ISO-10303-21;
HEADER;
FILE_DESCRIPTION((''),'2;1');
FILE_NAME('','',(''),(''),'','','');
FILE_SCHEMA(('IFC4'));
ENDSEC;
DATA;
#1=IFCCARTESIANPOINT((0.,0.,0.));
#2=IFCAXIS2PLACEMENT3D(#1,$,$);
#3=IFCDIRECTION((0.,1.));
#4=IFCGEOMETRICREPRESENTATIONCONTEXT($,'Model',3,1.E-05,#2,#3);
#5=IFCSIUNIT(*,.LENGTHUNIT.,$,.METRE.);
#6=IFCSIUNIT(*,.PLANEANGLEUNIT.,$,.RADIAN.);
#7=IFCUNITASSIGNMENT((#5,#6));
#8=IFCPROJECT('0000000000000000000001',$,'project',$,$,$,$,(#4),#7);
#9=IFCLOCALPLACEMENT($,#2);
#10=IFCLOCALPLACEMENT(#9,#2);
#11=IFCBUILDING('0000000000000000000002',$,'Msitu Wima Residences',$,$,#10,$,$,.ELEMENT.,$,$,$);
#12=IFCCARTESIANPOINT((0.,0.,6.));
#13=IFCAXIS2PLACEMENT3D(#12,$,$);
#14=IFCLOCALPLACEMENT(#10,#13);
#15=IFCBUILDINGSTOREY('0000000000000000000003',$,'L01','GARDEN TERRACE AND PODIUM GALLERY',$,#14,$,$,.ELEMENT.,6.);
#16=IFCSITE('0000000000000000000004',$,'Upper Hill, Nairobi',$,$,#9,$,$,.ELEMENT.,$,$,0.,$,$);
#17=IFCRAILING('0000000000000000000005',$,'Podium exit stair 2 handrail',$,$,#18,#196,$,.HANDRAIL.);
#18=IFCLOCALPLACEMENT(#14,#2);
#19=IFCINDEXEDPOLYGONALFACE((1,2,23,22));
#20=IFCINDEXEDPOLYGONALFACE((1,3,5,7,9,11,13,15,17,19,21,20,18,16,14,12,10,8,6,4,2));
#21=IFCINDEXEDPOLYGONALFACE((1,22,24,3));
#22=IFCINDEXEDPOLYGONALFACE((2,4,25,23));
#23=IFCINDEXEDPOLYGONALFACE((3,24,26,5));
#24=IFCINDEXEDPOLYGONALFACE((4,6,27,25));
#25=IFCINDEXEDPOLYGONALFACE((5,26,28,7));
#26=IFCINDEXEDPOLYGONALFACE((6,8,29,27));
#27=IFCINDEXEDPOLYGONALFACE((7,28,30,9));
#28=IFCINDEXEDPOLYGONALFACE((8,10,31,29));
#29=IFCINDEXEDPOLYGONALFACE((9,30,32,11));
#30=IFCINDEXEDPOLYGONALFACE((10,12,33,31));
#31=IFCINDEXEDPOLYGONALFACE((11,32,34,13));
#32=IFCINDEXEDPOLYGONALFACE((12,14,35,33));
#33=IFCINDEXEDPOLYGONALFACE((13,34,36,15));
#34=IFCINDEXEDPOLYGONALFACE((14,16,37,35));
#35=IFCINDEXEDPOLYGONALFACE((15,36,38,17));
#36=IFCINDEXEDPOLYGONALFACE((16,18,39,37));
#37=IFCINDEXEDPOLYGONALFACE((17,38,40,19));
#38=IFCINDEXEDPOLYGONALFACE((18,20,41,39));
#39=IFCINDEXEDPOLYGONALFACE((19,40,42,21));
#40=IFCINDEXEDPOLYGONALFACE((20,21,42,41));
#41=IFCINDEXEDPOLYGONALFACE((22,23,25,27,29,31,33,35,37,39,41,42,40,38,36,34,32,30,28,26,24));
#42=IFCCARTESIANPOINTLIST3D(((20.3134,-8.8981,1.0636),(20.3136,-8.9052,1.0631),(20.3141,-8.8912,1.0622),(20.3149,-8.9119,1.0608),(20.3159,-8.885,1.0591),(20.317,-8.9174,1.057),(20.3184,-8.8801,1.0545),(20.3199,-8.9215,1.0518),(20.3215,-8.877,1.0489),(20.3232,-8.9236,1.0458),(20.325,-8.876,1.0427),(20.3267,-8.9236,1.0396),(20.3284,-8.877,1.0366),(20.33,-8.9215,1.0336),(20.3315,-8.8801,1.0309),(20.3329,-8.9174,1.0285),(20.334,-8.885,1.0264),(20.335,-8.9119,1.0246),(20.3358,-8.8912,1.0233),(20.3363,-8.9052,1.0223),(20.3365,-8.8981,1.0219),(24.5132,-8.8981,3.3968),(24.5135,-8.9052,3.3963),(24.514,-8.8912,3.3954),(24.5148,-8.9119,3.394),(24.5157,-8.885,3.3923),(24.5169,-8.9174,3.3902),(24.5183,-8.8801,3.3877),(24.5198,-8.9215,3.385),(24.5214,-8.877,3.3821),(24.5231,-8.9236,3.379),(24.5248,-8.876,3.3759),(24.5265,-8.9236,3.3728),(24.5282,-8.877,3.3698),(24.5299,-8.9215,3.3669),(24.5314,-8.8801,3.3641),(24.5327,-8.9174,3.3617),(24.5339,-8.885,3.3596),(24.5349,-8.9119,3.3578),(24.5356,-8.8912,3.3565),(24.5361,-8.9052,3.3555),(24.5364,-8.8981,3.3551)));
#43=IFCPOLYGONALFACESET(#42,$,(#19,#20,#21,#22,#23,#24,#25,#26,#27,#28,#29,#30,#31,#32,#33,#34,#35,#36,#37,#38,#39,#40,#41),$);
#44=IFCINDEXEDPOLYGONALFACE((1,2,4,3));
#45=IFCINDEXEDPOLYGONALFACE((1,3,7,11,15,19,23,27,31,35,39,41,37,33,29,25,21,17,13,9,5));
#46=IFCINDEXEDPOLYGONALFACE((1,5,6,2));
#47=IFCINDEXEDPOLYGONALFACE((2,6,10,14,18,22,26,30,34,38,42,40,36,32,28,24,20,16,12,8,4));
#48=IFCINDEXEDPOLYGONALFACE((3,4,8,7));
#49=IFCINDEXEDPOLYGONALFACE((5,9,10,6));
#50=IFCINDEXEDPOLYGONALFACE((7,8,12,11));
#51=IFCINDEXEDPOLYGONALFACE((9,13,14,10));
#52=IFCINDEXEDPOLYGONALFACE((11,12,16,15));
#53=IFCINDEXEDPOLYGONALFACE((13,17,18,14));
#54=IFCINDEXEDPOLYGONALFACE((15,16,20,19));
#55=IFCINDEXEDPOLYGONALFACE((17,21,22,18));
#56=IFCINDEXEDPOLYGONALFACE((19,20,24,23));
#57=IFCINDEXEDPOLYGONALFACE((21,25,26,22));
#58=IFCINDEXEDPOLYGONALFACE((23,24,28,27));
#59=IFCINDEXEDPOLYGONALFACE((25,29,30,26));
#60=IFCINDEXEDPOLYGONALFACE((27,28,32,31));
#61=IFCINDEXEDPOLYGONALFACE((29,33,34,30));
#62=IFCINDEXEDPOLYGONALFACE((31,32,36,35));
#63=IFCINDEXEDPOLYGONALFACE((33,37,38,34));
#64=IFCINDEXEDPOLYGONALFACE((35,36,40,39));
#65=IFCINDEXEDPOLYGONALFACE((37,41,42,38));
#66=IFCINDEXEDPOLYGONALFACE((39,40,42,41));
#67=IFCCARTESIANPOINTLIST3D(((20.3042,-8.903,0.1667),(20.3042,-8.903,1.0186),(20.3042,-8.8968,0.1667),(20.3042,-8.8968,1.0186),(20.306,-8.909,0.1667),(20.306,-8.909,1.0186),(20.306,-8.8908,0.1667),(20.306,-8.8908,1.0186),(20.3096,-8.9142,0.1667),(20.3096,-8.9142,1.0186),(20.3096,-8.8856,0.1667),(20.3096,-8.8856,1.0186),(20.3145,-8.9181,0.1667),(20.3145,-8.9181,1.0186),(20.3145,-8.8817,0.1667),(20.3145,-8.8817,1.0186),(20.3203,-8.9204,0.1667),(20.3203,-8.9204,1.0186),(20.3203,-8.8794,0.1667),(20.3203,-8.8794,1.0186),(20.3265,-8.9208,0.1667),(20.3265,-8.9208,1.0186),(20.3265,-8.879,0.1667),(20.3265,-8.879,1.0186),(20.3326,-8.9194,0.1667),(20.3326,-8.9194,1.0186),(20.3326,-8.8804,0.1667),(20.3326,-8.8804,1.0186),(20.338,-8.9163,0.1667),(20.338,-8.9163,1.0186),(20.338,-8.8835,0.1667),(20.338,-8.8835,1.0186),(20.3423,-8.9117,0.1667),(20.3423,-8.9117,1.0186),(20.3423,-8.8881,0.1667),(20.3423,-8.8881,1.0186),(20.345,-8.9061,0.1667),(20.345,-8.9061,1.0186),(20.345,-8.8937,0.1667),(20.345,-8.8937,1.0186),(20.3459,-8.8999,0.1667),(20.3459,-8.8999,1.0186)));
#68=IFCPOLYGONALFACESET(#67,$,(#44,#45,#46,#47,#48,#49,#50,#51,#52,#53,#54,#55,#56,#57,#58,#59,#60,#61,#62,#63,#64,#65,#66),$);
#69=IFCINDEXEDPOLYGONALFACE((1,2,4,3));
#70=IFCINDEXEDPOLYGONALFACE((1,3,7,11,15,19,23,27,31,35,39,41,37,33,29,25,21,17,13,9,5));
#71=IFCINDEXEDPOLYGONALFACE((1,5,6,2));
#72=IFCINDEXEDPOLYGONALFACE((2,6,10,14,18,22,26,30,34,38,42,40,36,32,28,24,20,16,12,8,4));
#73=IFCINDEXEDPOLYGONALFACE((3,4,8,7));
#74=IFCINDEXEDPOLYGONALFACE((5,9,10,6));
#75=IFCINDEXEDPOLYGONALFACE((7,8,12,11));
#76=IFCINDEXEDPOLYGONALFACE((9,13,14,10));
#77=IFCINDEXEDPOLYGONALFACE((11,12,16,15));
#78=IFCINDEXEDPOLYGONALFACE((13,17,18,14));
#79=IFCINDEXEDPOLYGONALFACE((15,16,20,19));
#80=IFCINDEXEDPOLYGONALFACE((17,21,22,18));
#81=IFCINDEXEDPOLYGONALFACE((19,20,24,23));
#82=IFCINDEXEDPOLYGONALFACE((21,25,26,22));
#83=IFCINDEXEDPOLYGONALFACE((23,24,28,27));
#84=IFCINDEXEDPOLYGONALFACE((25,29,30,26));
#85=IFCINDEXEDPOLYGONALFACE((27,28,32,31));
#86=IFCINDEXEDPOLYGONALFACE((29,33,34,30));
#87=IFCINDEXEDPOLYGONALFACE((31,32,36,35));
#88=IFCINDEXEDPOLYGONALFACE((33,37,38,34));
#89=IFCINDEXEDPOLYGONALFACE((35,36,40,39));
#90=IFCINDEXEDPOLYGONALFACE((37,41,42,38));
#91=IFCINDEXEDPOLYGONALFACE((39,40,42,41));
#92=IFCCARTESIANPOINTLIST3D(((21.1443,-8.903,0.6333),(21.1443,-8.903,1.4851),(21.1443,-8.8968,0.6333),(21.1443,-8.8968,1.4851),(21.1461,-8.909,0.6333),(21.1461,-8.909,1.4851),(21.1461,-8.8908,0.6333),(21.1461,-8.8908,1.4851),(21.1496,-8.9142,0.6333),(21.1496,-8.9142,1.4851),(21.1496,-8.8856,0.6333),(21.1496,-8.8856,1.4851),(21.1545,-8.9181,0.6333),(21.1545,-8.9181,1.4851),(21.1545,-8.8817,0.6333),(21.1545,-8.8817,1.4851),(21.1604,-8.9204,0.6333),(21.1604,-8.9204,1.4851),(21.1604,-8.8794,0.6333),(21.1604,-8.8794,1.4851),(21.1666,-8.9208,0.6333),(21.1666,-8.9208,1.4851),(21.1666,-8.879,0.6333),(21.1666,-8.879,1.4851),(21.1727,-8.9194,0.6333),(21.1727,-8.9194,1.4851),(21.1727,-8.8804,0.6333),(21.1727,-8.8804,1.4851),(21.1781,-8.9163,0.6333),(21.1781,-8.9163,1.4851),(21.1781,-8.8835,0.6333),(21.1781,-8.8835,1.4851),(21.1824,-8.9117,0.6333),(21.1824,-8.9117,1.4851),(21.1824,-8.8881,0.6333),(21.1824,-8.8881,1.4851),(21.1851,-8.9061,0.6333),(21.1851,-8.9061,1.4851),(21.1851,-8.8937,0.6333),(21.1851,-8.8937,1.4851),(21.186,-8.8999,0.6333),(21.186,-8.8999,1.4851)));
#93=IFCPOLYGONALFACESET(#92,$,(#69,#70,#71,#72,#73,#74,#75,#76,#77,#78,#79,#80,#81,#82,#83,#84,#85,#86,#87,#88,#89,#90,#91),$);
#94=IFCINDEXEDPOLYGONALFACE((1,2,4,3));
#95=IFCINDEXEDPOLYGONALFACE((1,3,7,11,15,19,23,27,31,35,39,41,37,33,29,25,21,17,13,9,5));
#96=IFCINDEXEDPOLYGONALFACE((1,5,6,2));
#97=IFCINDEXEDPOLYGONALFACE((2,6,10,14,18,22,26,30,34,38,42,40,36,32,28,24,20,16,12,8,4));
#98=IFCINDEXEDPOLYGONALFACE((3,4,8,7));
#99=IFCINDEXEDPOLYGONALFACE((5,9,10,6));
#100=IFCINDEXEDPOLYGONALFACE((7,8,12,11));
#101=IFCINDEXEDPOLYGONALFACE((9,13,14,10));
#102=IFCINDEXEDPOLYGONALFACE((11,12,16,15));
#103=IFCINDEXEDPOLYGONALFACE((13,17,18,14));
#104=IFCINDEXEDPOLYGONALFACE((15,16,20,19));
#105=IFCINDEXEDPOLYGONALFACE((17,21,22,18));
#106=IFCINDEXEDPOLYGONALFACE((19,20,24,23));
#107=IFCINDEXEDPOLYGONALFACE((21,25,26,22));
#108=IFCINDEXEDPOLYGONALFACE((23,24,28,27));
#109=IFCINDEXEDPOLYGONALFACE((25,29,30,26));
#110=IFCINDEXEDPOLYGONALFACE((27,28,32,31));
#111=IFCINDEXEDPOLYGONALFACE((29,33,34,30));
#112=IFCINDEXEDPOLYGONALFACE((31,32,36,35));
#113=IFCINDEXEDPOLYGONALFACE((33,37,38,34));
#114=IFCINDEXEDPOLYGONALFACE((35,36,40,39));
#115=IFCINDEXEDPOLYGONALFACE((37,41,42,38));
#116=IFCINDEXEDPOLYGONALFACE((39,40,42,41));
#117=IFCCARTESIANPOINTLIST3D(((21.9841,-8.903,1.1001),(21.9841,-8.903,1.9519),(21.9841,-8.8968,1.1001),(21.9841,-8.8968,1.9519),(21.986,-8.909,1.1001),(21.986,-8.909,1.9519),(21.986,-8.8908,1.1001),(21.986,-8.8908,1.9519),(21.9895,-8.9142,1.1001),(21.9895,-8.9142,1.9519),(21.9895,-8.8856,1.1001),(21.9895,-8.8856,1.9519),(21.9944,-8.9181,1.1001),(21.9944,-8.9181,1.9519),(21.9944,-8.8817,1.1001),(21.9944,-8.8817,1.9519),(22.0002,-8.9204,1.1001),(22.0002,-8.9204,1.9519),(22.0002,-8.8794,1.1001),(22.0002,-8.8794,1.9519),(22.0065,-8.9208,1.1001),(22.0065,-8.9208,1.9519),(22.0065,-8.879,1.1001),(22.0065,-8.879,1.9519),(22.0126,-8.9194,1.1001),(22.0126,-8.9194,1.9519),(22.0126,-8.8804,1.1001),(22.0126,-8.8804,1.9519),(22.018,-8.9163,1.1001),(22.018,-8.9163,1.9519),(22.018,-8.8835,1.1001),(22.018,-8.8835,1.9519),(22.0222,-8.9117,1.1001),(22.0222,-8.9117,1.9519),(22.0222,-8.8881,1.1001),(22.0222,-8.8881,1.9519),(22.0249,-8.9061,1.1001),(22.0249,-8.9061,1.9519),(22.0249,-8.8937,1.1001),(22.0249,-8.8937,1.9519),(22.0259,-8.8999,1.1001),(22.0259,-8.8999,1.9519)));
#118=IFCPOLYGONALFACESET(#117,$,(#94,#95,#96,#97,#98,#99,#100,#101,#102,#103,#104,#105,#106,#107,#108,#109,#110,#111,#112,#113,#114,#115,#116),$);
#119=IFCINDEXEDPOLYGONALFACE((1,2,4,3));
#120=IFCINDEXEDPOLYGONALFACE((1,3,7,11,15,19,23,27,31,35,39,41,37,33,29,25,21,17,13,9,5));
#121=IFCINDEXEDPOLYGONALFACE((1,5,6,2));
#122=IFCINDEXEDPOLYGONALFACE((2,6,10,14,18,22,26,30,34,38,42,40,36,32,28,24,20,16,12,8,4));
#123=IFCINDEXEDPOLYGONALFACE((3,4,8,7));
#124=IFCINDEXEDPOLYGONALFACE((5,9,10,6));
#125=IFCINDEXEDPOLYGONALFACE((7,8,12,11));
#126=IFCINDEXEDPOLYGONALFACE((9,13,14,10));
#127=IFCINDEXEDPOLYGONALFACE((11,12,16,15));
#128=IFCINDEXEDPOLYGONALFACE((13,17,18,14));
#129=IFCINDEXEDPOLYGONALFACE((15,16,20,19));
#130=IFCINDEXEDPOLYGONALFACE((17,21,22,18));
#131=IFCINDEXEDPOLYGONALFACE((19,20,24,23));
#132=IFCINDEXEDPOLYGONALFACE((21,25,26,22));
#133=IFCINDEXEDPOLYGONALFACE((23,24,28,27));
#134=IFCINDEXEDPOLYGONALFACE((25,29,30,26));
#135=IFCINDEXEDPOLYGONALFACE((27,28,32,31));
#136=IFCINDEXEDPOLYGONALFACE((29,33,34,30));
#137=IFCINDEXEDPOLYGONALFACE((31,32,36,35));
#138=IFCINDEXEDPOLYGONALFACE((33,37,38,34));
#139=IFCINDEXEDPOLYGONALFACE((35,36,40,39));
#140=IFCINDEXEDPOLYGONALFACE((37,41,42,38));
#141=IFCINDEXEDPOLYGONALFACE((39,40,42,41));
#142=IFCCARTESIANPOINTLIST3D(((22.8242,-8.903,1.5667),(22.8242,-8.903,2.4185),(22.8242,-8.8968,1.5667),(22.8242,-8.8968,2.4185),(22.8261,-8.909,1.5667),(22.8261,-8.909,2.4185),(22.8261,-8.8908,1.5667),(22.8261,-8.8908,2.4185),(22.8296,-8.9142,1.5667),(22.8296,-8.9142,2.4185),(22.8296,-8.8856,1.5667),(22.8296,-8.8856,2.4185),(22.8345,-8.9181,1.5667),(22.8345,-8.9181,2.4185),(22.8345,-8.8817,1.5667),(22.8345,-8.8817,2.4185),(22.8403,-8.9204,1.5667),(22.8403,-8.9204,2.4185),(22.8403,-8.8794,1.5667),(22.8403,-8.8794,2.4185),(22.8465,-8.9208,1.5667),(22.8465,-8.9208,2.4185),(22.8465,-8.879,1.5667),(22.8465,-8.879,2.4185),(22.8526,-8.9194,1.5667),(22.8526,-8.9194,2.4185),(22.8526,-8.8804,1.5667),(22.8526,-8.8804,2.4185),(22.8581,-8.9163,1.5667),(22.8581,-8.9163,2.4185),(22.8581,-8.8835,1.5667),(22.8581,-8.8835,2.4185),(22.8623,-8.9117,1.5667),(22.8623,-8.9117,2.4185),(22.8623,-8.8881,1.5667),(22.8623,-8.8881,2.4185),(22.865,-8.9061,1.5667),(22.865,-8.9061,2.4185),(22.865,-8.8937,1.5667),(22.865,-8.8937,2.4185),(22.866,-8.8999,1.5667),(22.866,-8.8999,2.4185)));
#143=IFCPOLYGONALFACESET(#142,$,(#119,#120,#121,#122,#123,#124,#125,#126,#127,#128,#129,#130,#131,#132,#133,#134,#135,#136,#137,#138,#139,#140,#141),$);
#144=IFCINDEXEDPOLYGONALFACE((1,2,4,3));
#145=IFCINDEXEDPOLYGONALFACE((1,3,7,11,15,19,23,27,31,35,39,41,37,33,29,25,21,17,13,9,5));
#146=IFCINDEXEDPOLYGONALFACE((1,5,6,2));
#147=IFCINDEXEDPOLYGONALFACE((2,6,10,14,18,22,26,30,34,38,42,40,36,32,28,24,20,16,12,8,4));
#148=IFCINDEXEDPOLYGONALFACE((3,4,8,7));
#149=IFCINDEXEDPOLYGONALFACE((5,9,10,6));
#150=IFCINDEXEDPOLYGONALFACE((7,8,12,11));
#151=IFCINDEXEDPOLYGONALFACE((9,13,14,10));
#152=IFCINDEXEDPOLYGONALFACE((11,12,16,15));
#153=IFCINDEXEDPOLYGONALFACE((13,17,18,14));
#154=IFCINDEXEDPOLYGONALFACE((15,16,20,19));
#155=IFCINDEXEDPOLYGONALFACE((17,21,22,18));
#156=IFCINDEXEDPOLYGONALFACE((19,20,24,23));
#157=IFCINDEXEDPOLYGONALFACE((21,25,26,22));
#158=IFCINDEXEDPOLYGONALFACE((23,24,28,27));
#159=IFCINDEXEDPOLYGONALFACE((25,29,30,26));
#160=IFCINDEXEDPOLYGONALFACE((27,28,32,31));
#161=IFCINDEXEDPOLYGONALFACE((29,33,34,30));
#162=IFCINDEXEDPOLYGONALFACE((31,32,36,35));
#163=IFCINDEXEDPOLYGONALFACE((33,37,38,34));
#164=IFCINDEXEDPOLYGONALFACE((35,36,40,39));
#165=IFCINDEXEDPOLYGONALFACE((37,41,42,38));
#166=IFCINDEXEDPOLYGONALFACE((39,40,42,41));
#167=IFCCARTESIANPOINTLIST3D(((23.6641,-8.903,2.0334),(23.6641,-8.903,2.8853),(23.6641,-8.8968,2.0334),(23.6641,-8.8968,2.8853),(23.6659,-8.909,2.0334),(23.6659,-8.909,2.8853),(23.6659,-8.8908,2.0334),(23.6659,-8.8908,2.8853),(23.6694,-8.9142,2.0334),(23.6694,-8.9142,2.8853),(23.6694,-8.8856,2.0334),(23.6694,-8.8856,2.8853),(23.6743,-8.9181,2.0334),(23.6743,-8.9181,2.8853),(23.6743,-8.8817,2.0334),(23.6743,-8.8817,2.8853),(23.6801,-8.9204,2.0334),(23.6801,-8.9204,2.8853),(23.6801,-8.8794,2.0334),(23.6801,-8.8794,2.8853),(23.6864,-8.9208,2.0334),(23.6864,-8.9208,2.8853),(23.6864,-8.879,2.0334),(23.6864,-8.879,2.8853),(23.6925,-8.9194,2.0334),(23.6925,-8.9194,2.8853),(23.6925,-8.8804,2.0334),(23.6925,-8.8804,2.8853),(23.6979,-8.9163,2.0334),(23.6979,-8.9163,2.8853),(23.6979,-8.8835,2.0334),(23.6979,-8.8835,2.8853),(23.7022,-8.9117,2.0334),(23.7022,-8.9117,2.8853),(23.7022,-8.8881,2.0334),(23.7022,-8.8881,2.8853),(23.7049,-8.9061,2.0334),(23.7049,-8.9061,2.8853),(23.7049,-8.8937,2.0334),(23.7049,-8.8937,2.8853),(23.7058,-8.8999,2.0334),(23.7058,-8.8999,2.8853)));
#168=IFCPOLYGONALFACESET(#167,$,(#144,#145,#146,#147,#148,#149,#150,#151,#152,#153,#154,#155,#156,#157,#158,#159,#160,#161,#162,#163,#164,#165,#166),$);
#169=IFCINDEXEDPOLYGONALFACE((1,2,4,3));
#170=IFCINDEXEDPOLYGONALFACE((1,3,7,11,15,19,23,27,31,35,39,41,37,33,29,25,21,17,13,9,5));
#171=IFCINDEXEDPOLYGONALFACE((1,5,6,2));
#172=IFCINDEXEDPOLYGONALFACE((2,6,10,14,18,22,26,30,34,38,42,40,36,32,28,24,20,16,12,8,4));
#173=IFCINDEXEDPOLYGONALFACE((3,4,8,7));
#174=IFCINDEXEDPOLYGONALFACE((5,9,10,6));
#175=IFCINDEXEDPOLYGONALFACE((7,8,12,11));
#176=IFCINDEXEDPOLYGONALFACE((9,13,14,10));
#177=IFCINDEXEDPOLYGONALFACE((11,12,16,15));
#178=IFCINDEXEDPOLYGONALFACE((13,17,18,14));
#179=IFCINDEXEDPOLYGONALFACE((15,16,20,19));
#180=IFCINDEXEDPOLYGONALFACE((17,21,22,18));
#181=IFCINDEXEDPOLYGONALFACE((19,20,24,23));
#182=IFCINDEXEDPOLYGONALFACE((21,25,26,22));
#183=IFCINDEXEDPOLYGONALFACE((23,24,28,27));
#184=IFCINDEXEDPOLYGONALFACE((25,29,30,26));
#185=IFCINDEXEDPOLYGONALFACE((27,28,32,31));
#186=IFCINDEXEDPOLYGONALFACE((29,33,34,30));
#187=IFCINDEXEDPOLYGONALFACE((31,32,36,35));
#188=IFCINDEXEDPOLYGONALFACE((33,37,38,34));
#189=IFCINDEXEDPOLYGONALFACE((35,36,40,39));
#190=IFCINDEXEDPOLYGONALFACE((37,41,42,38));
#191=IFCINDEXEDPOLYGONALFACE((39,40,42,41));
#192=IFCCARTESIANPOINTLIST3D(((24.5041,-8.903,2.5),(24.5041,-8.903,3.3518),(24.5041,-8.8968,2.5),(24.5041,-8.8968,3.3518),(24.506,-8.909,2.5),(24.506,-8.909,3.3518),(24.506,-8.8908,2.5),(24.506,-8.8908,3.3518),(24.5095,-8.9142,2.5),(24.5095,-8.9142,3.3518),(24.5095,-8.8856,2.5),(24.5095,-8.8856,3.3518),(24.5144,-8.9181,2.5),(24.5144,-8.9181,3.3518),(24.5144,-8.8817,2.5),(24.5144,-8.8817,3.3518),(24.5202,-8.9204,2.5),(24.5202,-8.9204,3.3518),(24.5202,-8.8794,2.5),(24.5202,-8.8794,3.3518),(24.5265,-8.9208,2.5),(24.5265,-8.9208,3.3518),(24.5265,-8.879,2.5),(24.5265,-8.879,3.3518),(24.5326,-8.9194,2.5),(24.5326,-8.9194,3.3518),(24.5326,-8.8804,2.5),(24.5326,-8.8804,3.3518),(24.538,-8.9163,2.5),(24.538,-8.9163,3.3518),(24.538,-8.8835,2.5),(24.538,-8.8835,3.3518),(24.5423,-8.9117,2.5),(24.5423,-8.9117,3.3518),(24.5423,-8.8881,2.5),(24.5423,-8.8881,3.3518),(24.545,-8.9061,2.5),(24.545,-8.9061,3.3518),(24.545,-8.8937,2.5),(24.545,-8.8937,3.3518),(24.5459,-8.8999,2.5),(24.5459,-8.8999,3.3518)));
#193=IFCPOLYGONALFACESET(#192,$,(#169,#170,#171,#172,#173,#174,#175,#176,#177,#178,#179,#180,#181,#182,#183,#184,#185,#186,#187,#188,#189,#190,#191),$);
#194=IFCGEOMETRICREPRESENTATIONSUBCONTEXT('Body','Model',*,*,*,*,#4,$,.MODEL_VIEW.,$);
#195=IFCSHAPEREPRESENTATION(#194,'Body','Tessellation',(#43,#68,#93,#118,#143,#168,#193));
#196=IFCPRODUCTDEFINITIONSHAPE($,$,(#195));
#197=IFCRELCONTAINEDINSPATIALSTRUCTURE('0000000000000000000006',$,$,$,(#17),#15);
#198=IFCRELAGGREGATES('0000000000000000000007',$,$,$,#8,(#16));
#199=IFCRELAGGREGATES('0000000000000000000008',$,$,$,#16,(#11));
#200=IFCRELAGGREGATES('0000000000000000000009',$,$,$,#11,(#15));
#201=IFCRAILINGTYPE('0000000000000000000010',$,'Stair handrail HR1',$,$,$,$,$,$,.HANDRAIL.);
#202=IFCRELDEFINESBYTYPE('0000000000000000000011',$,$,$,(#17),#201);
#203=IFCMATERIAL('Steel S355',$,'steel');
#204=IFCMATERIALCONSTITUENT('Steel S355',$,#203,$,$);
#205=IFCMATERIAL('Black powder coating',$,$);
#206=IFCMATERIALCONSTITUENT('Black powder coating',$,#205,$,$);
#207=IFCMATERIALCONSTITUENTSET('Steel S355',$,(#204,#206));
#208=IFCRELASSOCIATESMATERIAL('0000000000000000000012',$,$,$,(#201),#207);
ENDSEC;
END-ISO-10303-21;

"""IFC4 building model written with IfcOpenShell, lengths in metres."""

from ifc_helpers import new_model, si_unit, direction, frame, origin, origin_2d, place, context, subcontext, project, spatial, circle, extrude, material, constituent, constituent_set, type_object, element, save


model = new_model("IFC4")

# Units and contexts
model_context = context("Model", 3, precision=1e-05, world=origin(), true_north=direction((0.0, 1.0)))
body_context = subcontext(model_context, "Body", "Model", "MODEL_VIEW")
ifc_project = project(units=[si_unit("LENGTHUNIT", "METRE"), si_unit("PLANEANGLEUNIT", "RADIAN")], contexts=[model_context])

# Site, building, storey
site_placement = place(None, origin())
site = spatial("IfcSite", under=ifc_project, at=site_placement, Name="Upper Hill, Nairobi", CompositionType="ELEMENT", RefElevation=0.0)
building_placement = place(site_placement, origin())
building = spatial("IfcBuilding", under=site, at=building_placement, Name="Msitu Wima Residences", CompositionType="ELEMENT")
storey_placement = place(building_placement, frame((0.0, 0.0, 6.0)))
storey = spatial("IfcBuildingStorey", under=building, at=storey_placement, Name="L01", Description="GARDEN TERRACE AND PODIUM GALLERY", CompositionType="ELEMENT", Elevation=6.0)

# Railing
ifc_material_1 = material(Name="Steel S355", Category="steel")
ifc_constituent_1 = constituent(ifc_material_1, Name="Steel S355")
ifc_material_2 = material(Name="Black powder coating")
ifc_constituent_2 = constituent(ifc_material_2, Name="Black powder coating")
ifc_constituent_set = constituent_set(constituents=[ifc_constituent_1, ifc_constituent_2], Name="Steel S355")
railing_type = type_object("IfcRailingType", Name="Stair handrail HR1", PredefinedType="HANDRAIL", material=ifc_constituent_set)
for number, where, name in (
    (1, (20.325, -8.8999, 0.1667), "Podium exit stair 2 handrail"),
):
    element("IfcRailing", number, at=place(storey_placement, frame(where)), inside=storey, type_object=railing_type, Name=name, PredefinedType="HANDRAIL", context=body_context, shape_type="SweptSolid", body=[
        extrude(circle(Radius=0.0239, at=origin_2d()), frame((0.0, 0.0, 0.876), z_axis=(0.874162, 0.0, 0.485634), x_axis=(0.0, 1.0, 0.0)), (0.0, 0.0, 1.0), 4.8044),
        extrude(circle(Radius=0.021, at=origin_2d()), origin(), (0.0, 0.0, 1.0), 0.8518),
        extrude(circle(Radius=0.021, at=origin_2d()), frame((0.8401, 0.0, 0.4666)), (0.0, 0.0, 1.0), 0.8518),
        extrude(circle(Radius=0.021, at=origin_2d()), frame((1.6799, 0.0, 0.9333)), (0.0, 0.0, 1.0), 0.8518),
        extrude(circle(Radius=0.021, at=origin_2d()), frame((2.52, 0.0, 1.3999)), (0.0, 0.0, 1.0), 0.8518),
        extrude(circle(Radius=0.021, at=origin_2d()), frame((3.3599, 0.0, 1.8667)), (0.0, 0.0, 1.0), 0.8518),
        extrude(circle(Radius=0.021, at=origin_2d()), frame((4.2, 0.0, 2.3333)), (0.0, 0.0, 1.0), 0.8518),
    ])

save(model, "model.ifc")
